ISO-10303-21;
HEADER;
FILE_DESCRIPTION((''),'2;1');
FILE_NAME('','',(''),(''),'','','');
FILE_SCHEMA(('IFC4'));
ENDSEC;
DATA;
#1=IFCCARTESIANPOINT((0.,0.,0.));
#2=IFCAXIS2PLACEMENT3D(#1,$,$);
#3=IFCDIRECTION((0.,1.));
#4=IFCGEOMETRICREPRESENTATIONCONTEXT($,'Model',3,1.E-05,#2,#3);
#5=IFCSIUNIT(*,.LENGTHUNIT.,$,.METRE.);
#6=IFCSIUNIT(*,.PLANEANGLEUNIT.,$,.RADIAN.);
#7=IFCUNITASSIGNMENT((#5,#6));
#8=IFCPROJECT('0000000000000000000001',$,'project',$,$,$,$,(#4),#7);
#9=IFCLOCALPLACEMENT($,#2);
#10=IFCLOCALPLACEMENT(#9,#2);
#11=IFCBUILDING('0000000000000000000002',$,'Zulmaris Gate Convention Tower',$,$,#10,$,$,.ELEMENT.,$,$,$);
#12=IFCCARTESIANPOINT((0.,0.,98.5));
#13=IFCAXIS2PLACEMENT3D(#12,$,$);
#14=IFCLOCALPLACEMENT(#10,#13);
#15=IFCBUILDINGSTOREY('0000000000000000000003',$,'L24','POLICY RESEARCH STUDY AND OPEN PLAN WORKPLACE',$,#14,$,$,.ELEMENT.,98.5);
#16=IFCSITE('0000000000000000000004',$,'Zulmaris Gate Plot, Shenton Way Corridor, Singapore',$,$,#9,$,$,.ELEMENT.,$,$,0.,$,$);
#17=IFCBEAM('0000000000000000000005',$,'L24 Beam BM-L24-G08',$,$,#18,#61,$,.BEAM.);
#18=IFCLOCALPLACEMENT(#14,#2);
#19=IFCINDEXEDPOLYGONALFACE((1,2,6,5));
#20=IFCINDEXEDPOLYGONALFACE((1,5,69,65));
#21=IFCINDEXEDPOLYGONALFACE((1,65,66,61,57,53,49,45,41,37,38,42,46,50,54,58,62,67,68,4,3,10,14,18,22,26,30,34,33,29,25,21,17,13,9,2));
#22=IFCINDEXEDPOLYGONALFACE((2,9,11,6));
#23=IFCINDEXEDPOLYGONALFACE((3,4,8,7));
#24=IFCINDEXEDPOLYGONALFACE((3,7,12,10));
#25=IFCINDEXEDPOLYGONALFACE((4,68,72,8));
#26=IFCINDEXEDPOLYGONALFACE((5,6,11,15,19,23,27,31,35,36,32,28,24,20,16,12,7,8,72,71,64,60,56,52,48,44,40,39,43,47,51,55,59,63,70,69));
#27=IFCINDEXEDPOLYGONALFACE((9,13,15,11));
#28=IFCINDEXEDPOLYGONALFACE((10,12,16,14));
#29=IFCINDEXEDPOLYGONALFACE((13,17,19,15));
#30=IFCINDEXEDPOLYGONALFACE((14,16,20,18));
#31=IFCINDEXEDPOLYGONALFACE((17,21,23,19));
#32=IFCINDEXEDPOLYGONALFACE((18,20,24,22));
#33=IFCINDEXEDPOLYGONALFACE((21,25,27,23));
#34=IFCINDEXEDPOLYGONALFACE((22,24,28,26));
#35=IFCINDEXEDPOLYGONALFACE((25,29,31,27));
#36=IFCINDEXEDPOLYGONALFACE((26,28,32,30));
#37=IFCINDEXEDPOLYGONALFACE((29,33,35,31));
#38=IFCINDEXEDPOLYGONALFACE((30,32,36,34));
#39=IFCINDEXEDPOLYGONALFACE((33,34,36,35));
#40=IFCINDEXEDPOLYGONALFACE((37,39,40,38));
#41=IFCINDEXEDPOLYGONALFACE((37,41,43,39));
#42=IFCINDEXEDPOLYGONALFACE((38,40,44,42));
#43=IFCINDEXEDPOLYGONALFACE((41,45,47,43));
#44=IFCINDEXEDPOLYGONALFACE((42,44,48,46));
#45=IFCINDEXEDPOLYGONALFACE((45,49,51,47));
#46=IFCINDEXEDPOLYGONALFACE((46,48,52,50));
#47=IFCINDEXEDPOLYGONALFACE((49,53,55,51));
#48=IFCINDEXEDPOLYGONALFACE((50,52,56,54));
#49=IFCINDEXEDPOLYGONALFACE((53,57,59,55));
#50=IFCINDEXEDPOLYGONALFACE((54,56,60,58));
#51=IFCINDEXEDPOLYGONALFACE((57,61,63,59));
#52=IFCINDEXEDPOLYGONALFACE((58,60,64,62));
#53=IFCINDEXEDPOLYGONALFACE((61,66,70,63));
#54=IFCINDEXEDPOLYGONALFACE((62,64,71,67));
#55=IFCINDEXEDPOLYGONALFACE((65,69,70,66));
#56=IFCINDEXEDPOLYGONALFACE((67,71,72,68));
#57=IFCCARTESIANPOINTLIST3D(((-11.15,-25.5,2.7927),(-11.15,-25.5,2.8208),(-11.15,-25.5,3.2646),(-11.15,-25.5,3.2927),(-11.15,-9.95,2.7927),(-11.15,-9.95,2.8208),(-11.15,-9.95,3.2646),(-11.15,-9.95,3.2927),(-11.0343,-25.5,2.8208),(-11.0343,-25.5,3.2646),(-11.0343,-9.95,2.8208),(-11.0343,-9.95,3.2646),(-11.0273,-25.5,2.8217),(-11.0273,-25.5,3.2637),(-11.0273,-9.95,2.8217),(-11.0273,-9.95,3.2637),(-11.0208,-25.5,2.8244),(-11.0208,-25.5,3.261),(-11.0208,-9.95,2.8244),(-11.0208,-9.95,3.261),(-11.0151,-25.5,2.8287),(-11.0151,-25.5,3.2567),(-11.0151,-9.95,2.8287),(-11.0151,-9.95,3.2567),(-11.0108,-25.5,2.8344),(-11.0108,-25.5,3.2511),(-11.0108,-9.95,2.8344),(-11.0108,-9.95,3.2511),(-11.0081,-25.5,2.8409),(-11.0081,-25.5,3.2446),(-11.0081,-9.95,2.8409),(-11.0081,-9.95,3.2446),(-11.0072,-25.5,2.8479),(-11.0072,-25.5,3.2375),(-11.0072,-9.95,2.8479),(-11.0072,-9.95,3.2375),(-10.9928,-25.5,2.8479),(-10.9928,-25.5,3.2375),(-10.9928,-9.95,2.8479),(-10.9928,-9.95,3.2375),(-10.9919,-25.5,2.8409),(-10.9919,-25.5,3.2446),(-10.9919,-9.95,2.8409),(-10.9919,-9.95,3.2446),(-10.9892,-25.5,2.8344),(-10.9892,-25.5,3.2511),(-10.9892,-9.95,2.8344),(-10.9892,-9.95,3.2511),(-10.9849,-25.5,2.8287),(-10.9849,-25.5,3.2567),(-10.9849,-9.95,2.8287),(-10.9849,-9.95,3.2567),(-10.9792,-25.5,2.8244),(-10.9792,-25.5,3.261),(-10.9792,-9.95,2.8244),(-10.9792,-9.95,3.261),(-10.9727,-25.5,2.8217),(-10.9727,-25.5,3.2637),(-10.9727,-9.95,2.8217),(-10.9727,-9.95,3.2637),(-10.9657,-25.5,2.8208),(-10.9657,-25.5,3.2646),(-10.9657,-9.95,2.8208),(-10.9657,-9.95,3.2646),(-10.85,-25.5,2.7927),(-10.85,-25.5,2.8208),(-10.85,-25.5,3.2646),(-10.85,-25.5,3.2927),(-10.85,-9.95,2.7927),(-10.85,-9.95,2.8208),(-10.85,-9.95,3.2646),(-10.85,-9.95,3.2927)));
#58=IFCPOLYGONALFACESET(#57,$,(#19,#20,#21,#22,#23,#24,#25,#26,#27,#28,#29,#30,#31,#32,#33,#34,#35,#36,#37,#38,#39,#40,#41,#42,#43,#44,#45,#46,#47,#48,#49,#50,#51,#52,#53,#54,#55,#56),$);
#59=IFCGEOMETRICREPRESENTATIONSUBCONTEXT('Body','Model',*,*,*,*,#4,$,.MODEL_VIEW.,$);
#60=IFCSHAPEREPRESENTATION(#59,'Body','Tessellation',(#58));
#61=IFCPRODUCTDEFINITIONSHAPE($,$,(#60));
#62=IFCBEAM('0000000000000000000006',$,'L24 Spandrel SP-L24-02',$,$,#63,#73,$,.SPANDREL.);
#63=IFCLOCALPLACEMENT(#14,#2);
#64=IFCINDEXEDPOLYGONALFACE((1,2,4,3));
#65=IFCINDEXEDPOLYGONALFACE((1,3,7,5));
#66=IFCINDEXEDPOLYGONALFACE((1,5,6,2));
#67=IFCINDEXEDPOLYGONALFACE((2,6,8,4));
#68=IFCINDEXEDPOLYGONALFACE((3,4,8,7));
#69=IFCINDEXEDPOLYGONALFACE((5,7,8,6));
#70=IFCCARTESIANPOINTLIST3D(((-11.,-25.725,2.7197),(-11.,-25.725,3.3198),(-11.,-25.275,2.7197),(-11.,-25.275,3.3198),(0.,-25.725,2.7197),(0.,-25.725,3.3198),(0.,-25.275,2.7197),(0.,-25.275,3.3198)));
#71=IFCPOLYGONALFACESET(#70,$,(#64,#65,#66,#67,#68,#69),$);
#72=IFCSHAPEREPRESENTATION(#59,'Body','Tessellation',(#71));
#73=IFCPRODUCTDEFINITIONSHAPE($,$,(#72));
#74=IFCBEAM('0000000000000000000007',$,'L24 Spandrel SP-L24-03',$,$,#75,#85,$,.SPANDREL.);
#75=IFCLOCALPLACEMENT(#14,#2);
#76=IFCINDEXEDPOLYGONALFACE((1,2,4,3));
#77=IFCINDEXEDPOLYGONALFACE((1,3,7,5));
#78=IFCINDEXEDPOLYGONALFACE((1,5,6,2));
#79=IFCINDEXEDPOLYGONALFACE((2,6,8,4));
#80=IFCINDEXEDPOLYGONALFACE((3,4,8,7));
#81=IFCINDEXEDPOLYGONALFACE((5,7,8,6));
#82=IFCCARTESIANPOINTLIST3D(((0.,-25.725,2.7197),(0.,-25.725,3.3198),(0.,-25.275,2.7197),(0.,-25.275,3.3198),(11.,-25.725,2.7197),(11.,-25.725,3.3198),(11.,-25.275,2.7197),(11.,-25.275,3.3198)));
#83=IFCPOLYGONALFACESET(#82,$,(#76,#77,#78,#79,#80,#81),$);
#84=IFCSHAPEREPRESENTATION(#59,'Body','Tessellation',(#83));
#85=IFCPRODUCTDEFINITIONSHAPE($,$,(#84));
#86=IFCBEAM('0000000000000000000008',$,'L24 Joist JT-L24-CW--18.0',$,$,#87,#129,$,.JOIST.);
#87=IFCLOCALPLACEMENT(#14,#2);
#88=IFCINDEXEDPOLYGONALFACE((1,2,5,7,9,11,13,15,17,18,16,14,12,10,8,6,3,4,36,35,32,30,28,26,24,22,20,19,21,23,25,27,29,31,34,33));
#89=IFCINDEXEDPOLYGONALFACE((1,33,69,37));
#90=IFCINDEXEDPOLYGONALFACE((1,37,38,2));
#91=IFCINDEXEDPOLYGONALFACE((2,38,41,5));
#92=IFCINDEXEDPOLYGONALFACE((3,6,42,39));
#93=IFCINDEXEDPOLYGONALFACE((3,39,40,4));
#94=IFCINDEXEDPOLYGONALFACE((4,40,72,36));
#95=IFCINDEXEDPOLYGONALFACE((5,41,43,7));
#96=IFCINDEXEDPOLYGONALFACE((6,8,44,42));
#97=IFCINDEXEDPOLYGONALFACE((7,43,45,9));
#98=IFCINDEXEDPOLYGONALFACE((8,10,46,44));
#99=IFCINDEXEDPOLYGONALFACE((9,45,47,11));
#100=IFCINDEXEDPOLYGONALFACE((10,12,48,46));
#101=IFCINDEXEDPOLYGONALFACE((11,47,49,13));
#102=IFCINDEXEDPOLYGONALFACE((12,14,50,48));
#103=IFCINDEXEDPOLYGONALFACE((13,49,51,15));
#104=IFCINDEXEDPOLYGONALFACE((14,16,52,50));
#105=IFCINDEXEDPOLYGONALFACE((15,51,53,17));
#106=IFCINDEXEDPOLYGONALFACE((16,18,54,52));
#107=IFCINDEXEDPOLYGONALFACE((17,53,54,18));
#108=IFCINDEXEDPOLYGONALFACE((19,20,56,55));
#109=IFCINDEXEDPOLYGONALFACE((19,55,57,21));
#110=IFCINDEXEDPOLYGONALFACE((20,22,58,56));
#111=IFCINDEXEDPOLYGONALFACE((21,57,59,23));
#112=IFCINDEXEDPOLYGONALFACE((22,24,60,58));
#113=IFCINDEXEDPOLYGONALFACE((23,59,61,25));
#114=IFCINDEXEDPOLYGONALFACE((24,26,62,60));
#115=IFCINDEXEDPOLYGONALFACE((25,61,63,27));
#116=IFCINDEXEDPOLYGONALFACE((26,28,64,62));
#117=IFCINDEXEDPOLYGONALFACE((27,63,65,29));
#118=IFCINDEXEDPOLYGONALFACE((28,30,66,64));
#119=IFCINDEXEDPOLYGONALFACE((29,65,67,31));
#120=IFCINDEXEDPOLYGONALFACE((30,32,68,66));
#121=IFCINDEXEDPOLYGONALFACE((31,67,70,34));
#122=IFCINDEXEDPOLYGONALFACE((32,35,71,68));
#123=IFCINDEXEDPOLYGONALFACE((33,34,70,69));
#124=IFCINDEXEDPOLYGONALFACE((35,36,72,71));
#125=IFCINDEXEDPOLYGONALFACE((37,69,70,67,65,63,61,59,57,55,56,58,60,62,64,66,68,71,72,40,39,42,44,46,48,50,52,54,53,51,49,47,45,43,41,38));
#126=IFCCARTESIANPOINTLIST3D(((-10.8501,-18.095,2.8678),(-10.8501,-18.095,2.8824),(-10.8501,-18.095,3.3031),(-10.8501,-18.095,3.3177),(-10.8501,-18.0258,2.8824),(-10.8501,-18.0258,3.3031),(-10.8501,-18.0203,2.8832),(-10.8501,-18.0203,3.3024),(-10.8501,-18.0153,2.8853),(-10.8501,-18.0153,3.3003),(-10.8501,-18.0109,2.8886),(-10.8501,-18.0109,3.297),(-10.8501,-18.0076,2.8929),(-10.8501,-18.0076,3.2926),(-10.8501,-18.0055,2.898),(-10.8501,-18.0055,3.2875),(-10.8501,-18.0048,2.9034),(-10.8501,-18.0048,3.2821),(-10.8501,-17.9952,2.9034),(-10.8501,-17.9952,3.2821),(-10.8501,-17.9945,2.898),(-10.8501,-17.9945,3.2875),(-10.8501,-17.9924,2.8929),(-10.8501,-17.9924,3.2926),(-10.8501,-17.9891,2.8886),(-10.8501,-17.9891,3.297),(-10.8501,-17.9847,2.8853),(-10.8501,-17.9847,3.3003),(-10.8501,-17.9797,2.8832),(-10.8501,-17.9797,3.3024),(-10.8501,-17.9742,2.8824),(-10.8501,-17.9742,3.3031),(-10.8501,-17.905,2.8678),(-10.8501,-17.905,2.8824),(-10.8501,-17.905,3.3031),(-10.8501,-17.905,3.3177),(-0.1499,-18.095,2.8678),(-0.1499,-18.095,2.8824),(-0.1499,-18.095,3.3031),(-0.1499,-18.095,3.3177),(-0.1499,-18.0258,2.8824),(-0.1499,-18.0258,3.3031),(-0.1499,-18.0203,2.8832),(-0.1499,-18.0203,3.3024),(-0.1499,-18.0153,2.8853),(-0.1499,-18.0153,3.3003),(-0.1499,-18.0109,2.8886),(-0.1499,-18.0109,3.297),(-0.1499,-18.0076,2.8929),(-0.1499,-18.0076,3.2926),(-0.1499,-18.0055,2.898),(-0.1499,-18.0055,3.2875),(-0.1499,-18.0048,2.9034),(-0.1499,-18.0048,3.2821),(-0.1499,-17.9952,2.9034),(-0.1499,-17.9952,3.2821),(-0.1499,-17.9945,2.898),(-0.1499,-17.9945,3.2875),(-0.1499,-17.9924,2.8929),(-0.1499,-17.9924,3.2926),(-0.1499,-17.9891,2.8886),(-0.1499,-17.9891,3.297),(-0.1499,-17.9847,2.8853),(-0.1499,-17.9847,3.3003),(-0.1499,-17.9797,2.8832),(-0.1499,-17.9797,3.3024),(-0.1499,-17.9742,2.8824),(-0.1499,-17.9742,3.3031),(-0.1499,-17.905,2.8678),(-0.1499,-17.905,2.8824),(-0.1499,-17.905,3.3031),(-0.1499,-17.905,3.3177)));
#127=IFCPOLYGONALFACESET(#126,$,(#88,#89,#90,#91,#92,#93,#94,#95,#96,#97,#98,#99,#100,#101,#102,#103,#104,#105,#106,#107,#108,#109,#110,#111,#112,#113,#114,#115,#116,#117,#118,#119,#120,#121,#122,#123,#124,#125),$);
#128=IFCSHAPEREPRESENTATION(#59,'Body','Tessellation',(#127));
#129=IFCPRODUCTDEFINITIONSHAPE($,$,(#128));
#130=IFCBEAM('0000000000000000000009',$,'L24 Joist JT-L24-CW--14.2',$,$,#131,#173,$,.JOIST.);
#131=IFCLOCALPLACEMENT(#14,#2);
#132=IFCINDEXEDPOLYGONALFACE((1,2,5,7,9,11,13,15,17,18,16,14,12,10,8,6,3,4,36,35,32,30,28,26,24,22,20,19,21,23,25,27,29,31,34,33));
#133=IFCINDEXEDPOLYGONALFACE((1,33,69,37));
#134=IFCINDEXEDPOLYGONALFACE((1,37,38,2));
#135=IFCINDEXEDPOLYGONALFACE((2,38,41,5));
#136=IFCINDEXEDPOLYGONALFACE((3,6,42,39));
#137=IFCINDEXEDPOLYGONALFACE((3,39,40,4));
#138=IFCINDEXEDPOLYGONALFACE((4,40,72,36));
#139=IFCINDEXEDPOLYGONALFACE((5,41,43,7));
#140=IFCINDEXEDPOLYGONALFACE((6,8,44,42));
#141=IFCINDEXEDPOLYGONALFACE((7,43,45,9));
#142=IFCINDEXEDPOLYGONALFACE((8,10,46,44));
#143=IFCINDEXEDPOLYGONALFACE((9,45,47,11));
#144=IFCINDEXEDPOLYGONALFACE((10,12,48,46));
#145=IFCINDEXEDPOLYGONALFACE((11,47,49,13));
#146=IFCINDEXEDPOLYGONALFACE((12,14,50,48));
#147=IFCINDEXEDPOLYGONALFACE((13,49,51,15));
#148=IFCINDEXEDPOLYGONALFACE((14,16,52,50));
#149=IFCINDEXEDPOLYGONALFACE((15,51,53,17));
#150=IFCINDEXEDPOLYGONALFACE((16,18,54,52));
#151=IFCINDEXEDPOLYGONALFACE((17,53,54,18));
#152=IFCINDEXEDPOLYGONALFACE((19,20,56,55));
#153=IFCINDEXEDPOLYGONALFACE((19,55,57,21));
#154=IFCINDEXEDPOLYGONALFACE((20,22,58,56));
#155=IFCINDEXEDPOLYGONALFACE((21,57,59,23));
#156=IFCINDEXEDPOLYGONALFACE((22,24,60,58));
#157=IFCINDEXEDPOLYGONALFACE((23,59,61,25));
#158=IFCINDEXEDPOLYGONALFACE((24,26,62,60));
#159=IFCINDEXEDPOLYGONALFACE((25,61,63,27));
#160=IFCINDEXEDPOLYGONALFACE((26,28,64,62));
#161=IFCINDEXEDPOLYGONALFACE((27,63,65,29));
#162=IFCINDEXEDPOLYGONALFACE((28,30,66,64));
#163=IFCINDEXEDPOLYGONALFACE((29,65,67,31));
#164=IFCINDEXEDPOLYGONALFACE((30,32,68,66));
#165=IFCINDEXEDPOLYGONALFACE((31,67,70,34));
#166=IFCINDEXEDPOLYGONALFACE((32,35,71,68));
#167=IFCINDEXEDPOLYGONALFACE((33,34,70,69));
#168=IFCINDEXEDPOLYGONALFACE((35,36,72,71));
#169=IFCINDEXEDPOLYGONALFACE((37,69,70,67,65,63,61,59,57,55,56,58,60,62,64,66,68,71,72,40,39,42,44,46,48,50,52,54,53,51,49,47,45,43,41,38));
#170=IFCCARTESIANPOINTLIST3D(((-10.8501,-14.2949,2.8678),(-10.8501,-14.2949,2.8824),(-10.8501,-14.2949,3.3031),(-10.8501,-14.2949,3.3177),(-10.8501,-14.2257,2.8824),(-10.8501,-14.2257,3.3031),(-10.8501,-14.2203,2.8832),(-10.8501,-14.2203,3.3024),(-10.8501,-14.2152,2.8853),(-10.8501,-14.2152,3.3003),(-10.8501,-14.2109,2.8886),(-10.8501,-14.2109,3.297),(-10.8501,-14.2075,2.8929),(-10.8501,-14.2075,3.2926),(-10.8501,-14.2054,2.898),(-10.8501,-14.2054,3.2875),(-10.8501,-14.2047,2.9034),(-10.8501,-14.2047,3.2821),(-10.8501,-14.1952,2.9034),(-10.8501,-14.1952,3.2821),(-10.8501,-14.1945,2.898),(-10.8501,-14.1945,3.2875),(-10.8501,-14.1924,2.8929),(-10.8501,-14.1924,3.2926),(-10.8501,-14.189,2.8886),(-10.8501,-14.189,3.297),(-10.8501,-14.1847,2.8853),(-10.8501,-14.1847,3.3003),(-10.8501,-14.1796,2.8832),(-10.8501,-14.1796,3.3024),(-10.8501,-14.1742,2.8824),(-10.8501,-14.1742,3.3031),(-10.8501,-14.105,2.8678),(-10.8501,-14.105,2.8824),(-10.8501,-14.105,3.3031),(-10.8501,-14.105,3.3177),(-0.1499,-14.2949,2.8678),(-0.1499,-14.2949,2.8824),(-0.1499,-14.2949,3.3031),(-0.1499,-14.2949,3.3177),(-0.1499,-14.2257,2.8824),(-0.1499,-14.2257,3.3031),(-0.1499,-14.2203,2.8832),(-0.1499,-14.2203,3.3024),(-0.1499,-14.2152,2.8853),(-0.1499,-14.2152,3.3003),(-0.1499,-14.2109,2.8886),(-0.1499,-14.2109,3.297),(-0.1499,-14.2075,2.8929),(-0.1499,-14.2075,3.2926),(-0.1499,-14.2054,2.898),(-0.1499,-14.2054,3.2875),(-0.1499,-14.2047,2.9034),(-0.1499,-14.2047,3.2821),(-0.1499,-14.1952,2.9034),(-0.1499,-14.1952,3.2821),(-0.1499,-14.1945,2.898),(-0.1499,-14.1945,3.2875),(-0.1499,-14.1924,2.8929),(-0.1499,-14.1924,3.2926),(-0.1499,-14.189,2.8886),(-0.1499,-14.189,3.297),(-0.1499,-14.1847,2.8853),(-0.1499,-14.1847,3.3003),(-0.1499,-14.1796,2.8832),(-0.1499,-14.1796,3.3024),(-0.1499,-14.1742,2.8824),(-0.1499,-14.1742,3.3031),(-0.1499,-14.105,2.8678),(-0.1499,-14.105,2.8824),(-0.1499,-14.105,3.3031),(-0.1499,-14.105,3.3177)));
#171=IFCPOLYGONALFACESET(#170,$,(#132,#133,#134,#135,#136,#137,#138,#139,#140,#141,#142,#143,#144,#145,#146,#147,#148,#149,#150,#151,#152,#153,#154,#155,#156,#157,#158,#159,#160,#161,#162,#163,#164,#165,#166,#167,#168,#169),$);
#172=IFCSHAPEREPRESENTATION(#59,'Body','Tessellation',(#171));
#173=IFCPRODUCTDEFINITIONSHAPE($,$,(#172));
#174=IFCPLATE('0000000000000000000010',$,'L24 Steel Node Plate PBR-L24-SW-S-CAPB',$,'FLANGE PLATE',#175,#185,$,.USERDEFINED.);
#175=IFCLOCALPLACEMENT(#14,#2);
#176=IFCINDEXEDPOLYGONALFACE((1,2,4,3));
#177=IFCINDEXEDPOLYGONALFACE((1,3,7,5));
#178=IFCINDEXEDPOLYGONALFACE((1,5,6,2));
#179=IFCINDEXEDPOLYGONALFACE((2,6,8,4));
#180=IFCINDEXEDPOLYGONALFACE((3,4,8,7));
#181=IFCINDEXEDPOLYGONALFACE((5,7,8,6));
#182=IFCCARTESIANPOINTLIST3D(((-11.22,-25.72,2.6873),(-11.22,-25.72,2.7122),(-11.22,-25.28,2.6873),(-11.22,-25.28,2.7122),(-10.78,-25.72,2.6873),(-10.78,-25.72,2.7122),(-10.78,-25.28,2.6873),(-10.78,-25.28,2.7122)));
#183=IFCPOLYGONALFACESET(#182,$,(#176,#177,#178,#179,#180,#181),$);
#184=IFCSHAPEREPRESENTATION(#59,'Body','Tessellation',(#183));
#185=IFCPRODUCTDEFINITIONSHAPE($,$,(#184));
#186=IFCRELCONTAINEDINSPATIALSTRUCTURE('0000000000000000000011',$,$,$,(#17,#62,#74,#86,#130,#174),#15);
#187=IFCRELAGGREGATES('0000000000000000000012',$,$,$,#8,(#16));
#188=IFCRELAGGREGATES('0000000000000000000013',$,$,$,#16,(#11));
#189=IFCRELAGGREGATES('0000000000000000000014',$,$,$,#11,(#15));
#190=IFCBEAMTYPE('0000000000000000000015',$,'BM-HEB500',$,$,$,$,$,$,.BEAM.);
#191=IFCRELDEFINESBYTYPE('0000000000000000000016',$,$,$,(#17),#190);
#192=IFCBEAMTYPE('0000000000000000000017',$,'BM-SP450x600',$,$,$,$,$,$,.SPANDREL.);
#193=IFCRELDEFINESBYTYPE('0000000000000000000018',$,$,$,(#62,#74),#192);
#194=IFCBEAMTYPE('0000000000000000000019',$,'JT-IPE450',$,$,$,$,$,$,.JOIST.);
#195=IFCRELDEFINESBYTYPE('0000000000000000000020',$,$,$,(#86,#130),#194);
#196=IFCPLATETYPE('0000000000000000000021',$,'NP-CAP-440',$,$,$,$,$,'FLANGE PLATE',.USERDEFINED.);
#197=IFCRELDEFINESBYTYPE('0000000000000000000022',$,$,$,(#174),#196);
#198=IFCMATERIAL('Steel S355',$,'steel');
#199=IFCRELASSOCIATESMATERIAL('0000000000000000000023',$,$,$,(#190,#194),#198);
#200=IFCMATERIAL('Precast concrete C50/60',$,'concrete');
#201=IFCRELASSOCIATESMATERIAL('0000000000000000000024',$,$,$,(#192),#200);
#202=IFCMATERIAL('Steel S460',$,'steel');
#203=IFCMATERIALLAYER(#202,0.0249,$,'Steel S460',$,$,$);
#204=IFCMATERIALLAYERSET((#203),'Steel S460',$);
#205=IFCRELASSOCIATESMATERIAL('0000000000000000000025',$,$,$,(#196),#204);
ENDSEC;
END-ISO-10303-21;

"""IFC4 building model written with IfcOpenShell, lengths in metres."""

from ifc_helpers import new_model, si_unit, direction, frame, origin, origin_2d, place, context, subcontext, project, spatial, rectangle, i_section, extrude, material, layer, layer_set, material_profile, profile_set, type_object, element, save


model = new_model("IFC4")

# Units and contexts
model_context = context("Model", 3, precision=1e-05, world=origin(), true_north=direction((0.0, 1.0)))
body_context = subcontext(model_context, "Body", "Model", "MODEL_VIEW")
ifc_project = project(units=[si_unit("LENGTHUNIT", "METRE"), si_unit("PLANEANGLEUNIT", "RADIAN")], contexts=[model_context])

# Site, building, storey
site_placement = place(None, origin())
site = spatial("IfcSite", under=ifc_project, at=site_placement, Name="Zulmaris Gate Plot, Shenton Way Corridor, Singapore", CompositionType="ELEMENT", RefElevation=0.0)
building_placement = place(site_placement, origin())
building = spatial("IfcBuilding", under=site, at=building_placement, Name="Zulmaris Gate Convention Tower", CompositionType="ELEMENT")
storey_placement = place(building_placement, frame((0.0, 0.0, 98.5)))
storey = spatial("IfcBuildingStorey", under=building, at=storey_placement, Name="L24", Description="POLICY RESEARCH STUDY AND OPEN PLAN WORKPLACE", CompositionType="ELEMENT", Elevation=98.5)

# Beams
ifc_material_1 = material(Name="Steel S355", Category="steel")
ifc_material_profile_1 = material_profile(ifc_material_1, i_section(OverallWidth=0.3, OverallDepth=0.5, WebThickness=0.0144, FlangeThickness=0.0281, FilletRadius=0.0271, at=origin_2d()), Name="HEB 500")
ifc_profile_set_1 = profile_set([ifc_material_profile_1], Name="Steel S355")
beam_type_1 = type_object("IfcBeamType", Name="BM-HEB500", PredefinedType="BEAM", material=ifc_profile_set_1)
beam_1_placement = place(storey_placement, frame((-11.0, -25.5, 3.0427), z_axis=(0.0, 1.0, 0.0), x_axis=(-1.0, 0.0, 0.0)))
element("IfcBeam", 1, at=beam_1_placement, inside=storey, type_object=beam_type_1, Name="L24 Beam BM-L24-G08", PredefinedType="BEAM", context=body_context, shape_type="SweptSolid", body=[
    extrude(i_section(OverallWidth=0.3, OverallDepth=0.5, WebThickness=0.0144, FlangeThickness=0.0281, FilletRadius=0.0271, at=origin_2d()), origin(), (0.0, 0.0, 1.0), 15.55),
])
ifc_material_2 = material(Name="Precast concrete C50/60", Category="concrete")
ifc_material_profile_2 = material_profile(ifc_material_2, rectangle(XDim=0.45, YDim=0.6001, at=origin_2d()), Name="RC SPANDREL 450x600")
ifc_profile_set_2 = profile_set([ifc_material_profile_2], Name="Precast concrete C50/60")
beam_type_2 = type_object("IfcBeamType", Name="BM-SP450x600", PredefinedType="SPANDREL", material=ifc_profile_set_2)
for number, where, z_axis, x_axis, name in (
    (2, (-11.0, -25.5, 3.0198), (1.0, 0.0, 0.0), (0.0, 1.0, 0.0), "L24 Spandrel SP-L24-02"),
    (3, (0.0, -25.5, 3.0198), (1.0, 0.0, 0.0), (0.0, 1.0, 0.0), "L24 Spandrel SP-L24-03"),
):
    element("IfcBeam", number, at=place(storey_placement, frame(where, z_axis=z_axis, x_axis=x_axis)), inside=storey, type_object=beam_type_2, Name=name, PredefinedType="SPANDREL", context=body_context, shape_type="SweptSolid", body=[
        extrude(rectangle(XDim=0.45, YDim=0.6001, at=origin_2d()), origin(), (0.0, 0.0, 1.0), 11.0),
    ])
ifc_material_profile_3 = material_profile(ifc_material_1, i_section(OverallWidth=0.1899, OverallDepth=0.45, WebThickness=0.0095, FlangeThickness=0.0146, FilletRadius=0.021, at=origin_2d()), Name="IPE 450")
ifc_profile_set_3 = profile_set([ifc_material_profile_3], Name="Steel S355")
beam_type_3 = type_object("IfcBeamType", Name="JT-IPE450", PredefinedType="JOIST", material=ifc_profile_set_3)
for number, where, z_axis, x_axis, name in (
    (4, (-10.8501, -18.0, 3.0928), (1.0, 0.0, 0.0), (0.0, 1.0, 0.0), "L24 Joist JT-L24-CW--18.0"),
    (5, (-10.8501, -14.2, 3.0928), (1.0, 0.0, 0.0), (0.0, 1.0, 0.0), "L24 Joist JT-L24-CW--14.2"),
):
    element("IfcBeam", number, at=place(storey_placement, frame(where, z_axis=z_axis, x_axis=x_axis)), inside=storey, type_object=beam_type_3, Name=name, PredefinedType="JOIST", context=body_context, shape_type="SweptSolid", body=[
        extrude(i_section(OverallWidth=0.1899, OverallDepth=0.45, WebThickness=0.0095, FlangeThickness=0.0146, FilletRadius=0.021, at=origin_2d()), origin(), (0.0, 0.0, 1.0), 10.7002),
    ])

# Plate
ifc_material_3 = material(Name="Steel S460", Category="steel")
ifc_layer_1 = layer(ifc_material_3, 0.0249, Name="Steel S460")
ifc_layer_set_1 = layer_set([ifc_layer_1], Name="Steel S460")
plate_type = type_object("IfcPlateType", Name="NP-CAP-440", ElementType="FLANGE PLATE", PredefinedType="USERDEFINED", material=ifc_layer_set_1)
plate_placement = place(storey_placement, frame((-11.0, -25.5, 2.6873), z_axis=(0.0, 0.0, 1.0), x_axis=(1.0, 0.0, 0.0)))
element("IfcPlate", 6, at=plate_placement, inside=storey, type_object=plate_type, Name="L24 Steel Node Plate PBR-L24-SW-S-CAPB", ObjectType="FLANGE PLATE", PredefinedType="USERDEFINED", context=body_context, shape_type="SweptSolid", body=[
    extrude(rectangle(XDim=0.4399, YDim=0.4399, at=origin_2d()), origin(), (0.0, 0.0, 1.0), 0.0249),
])

save(model, "model.ifc")
